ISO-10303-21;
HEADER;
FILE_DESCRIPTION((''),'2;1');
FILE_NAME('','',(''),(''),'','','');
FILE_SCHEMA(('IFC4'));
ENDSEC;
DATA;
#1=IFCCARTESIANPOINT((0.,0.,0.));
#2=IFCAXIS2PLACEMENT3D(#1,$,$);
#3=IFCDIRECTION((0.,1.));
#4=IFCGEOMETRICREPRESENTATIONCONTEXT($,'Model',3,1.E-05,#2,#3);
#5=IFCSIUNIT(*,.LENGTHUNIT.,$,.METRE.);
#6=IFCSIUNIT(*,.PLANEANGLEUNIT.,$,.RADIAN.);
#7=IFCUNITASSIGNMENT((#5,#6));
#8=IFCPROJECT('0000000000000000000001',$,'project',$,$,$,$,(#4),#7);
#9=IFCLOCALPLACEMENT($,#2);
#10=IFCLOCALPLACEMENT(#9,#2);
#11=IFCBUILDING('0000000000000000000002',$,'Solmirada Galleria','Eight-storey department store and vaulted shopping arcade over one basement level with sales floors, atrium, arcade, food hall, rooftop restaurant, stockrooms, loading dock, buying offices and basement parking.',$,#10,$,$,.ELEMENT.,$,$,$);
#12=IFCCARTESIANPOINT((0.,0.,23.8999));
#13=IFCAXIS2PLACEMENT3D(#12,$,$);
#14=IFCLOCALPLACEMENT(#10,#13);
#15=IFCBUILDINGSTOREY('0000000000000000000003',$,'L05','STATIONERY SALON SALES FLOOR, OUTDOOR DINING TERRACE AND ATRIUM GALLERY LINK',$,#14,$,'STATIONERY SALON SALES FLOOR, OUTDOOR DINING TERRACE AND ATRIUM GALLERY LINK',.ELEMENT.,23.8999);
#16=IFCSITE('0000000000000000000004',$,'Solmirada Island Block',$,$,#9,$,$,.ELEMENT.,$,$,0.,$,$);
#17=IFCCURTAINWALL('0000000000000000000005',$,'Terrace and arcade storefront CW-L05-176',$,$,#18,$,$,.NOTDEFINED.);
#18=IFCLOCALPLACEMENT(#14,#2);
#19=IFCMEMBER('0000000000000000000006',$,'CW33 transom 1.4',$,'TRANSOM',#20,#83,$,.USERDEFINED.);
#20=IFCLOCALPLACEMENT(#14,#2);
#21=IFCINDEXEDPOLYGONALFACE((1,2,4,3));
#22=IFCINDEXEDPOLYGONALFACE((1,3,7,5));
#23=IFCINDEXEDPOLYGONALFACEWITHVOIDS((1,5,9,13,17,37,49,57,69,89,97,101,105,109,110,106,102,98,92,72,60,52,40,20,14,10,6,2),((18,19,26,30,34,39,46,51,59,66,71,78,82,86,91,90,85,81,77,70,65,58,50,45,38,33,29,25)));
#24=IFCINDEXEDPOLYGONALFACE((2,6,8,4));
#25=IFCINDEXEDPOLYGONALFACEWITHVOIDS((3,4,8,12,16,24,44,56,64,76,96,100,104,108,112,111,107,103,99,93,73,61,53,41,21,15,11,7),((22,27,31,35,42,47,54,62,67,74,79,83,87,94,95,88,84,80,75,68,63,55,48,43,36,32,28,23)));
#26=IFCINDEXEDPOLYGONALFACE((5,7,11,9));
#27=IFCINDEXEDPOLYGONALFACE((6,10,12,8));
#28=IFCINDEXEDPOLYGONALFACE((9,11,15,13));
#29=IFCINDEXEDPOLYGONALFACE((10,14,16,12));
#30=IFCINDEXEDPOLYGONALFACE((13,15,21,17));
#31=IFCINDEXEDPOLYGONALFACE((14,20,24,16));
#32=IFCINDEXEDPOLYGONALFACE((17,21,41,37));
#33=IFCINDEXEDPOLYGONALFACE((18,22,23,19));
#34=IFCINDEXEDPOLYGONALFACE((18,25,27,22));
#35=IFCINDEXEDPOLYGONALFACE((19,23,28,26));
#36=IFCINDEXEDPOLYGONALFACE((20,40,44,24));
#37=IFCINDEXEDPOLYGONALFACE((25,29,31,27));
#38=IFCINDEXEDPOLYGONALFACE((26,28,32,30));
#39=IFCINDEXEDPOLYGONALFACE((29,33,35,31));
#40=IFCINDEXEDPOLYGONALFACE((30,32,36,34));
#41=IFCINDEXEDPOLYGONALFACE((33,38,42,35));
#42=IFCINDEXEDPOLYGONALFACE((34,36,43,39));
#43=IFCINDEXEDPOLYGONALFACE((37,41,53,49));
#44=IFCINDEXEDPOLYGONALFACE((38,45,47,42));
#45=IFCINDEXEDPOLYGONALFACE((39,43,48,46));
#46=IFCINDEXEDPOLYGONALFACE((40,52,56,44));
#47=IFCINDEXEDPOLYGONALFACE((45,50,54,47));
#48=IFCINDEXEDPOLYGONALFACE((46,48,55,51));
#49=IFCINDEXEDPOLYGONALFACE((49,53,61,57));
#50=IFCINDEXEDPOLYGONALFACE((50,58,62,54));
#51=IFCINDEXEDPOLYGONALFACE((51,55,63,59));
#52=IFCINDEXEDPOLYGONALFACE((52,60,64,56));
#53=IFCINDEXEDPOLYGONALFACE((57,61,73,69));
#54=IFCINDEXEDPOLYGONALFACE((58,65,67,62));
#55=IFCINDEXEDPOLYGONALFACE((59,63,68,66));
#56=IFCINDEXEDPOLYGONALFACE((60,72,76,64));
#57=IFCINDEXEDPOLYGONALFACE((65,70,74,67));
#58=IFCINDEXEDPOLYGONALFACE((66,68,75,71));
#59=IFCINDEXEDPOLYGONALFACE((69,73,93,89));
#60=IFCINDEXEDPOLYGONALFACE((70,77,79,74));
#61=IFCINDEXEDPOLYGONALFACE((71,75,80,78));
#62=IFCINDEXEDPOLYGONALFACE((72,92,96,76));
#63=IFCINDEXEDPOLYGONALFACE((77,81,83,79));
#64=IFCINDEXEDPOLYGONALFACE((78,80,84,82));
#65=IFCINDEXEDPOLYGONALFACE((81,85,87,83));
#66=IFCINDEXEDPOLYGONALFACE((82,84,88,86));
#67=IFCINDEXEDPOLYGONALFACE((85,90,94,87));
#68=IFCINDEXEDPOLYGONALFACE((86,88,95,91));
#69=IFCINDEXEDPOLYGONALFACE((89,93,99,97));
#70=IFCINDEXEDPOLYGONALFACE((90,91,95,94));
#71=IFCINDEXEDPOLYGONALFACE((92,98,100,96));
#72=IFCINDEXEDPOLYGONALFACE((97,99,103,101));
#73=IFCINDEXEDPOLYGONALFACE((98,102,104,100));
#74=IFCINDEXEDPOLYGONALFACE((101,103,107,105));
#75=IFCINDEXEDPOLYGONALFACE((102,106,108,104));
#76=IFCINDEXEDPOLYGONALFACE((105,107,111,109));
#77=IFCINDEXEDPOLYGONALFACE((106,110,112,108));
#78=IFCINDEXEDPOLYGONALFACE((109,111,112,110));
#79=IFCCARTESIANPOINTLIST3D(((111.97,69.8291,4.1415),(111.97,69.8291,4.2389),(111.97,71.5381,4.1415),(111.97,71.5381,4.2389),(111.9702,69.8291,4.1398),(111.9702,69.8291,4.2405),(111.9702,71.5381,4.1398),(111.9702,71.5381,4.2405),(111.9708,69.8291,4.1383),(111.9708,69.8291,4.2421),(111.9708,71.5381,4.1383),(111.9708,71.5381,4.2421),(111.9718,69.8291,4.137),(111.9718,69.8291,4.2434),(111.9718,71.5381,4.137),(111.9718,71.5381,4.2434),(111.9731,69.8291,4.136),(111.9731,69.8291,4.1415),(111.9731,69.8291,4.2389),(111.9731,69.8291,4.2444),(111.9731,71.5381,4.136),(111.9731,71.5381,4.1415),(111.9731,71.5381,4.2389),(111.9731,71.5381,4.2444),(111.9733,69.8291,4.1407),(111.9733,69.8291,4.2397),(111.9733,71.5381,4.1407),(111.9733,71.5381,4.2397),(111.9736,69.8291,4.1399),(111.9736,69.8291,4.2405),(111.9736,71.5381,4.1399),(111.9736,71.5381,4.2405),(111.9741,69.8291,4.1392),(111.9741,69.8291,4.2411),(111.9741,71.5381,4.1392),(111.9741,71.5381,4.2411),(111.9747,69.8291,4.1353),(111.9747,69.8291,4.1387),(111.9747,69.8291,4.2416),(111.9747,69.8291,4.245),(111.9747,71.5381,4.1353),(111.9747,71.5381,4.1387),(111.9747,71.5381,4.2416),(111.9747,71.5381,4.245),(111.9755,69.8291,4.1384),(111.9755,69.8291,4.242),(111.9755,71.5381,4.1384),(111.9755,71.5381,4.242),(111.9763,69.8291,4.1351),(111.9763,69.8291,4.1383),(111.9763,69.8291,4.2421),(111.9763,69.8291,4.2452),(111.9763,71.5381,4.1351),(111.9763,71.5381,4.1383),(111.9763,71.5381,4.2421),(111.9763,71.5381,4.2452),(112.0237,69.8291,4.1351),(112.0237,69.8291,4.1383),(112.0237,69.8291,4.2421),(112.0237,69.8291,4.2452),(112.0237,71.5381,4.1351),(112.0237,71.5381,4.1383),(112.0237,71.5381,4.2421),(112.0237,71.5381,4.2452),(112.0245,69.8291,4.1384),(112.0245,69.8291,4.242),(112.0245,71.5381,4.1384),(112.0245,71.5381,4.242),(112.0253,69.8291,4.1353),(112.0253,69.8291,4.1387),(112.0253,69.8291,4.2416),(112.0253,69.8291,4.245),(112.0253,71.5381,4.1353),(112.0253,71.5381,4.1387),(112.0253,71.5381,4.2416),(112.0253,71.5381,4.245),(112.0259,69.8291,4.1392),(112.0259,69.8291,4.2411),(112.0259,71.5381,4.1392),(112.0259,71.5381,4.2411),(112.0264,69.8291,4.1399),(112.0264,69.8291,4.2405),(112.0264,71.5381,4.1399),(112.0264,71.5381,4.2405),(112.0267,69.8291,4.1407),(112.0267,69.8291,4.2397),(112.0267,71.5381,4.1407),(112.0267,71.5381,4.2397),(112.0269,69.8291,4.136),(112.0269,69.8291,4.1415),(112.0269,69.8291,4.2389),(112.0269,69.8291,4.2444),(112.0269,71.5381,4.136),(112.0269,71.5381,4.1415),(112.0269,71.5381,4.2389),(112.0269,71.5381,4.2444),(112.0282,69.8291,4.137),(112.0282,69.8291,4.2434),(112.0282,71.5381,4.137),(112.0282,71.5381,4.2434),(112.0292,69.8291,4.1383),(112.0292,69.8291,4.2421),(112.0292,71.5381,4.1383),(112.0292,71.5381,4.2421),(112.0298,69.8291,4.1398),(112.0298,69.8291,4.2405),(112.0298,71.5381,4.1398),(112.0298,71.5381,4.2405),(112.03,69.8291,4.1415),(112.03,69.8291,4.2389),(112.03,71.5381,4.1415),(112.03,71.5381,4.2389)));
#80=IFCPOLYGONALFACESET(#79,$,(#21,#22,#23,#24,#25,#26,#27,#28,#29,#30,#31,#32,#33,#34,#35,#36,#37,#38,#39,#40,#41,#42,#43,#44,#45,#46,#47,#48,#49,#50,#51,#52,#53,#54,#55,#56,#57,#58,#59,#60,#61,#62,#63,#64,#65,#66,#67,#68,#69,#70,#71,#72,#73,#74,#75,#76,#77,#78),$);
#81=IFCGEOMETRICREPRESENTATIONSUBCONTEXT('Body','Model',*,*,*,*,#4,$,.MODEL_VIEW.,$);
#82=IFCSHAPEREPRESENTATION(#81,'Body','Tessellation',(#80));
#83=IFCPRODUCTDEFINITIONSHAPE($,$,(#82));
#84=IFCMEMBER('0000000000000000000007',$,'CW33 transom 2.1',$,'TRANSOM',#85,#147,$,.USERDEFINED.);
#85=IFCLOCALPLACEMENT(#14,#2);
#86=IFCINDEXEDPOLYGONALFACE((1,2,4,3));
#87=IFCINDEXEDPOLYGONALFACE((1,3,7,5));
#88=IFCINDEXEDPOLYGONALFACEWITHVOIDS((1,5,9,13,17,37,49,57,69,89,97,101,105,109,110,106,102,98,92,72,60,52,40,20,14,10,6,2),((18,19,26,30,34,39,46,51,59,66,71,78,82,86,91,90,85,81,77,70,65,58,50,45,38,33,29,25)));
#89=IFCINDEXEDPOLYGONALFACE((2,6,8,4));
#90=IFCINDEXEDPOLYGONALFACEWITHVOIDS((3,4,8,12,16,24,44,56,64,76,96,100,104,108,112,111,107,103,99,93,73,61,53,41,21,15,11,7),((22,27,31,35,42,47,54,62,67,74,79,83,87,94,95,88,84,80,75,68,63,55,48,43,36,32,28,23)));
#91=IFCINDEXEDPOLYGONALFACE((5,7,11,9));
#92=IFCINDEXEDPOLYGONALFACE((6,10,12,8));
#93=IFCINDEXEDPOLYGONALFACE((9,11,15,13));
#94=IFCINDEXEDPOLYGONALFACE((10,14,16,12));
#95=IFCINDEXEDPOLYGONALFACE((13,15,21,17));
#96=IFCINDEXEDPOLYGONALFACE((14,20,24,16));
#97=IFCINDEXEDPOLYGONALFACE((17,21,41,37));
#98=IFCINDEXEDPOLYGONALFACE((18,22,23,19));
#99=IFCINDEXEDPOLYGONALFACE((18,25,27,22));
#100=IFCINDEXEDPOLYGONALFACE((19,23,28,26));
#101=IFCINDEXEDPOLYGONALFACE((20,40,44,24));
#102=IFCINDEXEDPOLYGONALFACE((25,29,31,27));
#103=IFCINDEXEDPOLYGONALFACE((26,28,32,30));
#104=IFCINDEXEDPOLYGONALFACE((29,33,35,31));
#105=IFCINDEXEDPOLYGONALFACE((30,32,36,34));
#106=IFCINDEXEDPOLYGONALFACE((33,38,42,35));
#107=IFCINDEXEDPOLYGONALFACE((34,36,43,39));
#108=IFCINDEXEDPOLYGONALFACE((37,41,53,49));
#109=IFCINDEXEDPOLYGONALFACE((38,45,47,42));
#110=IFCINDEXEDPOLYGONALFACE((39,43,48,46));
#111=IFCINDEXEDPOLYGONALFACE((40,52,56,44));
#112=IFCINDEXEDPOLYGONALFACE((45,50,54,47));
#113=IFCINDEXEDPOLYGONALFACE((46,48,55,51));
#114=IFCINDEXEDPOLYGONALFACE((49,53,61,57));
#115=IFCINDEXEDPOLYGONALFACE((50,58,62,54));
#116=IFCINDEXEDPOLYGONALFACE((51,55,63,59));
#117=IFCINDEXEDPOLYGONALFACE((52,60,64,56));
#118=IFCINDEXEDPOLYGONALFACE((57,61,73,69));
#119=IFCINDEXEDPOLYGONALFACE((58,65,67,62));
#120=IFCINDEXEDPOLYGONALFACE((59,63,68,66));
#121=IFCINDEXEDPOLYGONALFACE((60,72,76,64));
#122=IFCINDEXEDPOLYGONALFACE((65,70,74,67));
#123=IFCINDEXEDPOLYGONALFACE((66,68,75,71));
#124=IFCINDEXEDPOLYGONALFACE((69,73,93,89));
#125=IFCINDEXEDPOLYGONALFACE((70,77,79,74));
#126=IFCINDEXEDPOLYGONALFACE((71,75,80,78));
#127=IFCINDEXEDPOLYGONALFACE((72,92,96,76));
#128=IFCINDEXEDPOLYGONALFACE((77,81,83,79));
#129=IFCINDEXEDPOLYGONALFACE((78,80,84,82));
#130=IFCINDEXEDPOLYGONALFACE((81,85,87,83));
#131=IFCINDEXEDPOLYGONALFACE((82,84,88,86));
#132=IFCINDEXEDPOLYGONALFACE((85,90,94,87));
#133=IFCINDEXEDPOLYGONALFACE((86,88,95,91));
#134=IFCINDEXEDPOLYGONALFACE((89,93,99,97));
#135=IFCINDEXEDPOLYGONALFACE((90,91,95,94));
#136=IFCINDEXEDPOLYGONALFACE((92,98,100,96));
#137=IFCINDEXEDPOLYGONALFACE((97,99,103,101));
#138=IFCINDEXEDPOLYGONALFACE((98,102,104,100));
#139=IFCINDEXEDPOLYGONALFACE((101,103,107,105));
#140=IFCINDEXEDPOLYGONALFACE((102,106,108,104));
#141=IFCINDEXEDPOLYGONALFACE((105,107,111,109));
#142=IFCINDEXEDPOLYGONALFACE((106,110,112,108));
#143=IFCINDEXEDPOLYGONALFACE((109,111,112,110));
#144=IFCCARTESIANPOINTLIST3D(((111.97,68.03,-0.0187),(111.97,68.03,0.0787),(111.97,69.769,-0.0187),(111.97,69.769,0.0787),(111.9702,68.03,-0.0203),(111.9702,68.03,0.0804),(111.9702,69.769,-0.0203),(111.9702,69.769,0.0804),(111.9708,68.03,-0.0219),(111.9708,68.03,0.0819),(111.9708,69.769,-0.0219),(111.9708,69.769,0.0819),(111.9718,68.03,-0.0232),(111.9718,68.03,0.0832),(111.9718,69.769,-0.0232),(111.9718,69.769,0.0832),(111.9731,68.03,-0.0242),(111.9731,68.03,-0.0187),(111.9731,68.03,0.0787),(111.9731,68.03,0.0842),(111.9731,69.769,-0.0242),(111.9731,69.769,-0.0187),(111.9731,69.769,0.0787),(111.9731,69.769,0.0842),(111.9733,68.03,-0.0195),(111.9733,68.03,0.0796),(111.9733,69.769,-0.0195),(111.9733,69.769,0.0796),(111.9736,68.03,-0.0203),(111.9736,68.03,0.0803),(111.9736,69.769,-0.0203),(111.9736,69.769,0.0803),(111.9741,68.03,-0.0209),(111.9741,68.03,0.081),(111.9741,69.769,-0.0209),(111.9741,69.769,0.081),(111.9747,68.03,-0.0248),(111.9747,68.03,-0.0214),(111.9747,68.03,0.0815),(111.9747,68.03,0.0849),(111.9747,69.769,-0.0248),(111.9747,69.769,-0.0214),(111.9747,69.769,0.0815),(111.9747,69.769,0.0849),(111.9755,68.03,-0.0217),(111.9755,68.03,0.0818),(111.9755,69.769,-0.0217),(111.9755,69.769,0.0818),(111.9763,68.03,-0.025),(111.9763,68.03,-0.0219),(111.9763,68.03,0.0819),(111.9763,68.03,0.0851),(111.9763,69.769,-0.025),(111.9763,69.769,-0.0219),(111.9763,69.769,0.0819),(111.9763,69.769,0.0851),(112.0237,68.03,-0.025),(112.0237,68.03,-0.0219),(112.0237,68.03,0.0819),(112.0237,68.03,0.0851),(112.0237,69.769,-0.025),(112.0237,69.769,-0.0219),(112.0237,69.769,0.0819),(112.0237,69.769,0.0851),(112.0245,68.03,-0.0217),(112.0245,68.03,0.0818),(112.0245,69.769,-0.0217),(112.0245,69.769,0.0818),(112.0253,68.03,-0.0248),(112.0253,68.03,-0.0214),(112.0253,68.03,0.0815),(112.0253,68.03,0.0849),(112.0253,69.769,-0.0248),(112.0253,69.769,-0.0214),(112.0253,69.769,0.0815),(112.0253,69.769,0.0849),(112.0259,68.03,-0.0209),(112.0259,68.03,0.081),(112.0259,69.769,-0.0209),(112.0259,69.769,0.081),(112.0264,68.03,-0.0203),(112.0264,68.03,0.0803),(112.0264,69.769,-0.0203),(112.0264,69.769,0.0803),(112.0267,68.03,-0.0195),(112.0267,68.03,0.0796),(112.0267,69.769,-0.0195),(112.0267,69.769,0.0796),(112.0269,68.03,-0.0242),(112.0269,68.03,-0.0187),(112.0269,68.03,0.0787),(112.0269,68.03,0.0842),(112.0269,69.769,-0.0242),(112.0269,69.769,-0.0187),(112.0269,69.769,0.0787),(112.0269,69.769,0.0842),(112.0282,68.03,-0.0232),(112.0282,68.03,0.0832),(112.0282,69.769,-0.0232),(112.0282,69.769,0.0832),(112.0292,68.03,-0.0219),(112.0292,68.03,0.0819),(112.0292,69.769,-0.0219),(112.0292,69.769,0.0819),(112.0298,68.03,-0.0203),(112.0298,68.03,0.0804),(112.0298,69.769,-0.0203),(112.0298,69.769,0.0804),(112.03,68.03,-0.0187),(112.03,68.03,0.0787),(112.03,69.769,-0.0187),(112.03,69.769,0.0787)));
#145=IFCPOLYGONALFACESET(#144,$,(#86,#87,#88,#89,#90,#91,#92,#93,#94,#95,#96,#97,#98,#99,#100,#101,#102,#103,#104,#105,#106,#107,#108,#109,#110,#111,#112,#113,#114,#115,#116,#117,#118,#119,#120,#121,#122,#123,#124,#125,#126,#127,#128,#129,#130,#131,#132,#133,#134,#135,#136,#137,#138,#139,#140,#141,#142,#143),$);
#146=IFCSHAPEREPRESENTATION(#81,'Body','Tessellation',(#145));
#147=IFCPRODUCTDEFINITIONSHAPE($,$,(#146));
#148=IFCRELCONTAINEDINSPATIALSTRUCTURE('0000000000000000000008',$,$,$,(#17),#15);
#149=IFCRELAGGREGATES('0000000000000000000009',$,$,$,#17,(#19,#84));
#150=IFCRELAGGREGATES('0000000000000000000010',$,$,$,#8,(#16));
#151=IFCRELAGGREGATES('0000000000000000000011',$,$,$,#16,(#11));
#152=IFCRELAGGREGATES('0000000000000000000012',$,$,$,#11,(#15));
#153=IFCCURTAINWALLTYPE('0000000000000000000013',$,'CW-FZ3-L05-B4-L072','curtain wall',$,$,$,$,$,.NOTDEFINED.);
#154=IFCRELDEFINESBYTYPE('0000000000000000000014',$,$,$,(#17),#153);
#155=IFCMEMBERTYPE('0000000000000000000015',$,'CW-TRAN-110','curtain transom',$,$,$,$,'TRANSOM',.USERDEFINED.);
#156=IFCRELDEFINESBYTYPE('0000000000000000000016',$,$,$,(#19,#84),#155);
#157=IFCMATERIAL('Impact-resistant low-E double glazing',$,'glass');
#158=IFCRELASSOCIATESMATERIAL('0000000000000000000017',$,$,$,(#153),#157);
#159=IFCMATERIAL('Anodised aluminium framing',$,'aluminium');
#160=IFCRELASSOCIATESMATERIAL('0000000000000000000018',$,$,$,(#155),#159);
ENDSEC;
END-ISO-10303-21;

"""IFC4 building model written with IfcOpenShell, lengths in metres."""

from ifc_helpers import new_model, si_unit, direction, frame, origin, origin_2d, place, context, subcontext, project, spatial, hollow_rectangle, extrude, material, material_profile, profile_set, type_object, element, aggregate, save


model = new_model("IFC4")

# Units and contexts
model_context = context("Model", 3, precision=1e-05, world=origin(), true_north=direction((0.0, 1.0)))
body_context = subcontext(model_context, "Body", "Model", "MODEL_VIEW")
ifc_project = project(units=[si_unit("LENGTHUNIT", "METRE"), si_unit("PLANEANGLEUNIT", "RADIAN")], contexts=[model_context])

# Site, building, storey
site_placement = place(None, origin())
site = spatial("IfcSite", under=ifc_project, at=site_placement, Name="Solmirada Island Block", CompositionType="ELEMENT", RefElevation=0.0)
building_placement = place(site_placement, origin())
building = spatial("IfcBuilding", under=site, at=building_placement, Name="Solmirada Galleria", Description="Eight-storey department store and vaulted shopping arcade over one basement level with sales floors, atrium, arcade, food hall, rooftop restaurant, stockrooms, loading dock, buying offices and basement parking.", CompositionType="ELEMENT")
storey_placement = place(building_placement, frame((0.0, 0.0, 23.8999)))
storey = spatial("IfcBuildingStorey", under=building, at=storey_placement, Name="L05", Description="STATIONERY SALON SALES FLOOR, OUTDOOR DINING TERRACE AND ATRIUM GALLERY LINK", LongName="STATIONERY SALON SALES FLOOR, OUTDOOR DINING TERRACE AND ATRIUM GALLERY LINK", CompositionType="ELEMENT", Elevation=23.8999)

# Shared definitions
ifc_material_1 = material(Name="Impact-resistant low-E double glazing", Category="glass")
curtain_wall_type = type_object("IfcCurtainWallType", Name="CW-FZ3-L05-B4-L072", Description="curtain wall", PredefinedType="NOTDEFINED", material=ifc_material_1)
ifc_material_2 = material(Name="Anodised aluminium framing", Category="aluminium")

# Curtain wall
curtain_wall_1_placement = place(storey_placement, origin())
curtain_wall_1 = element("IfcCurtainWall", 1, at=curtain_wall_1_placement, inside=storey, type_object=curtain_wall_type, Name="Terrace and arcade storefront CW-L05-176", PredefinedType="NOTDEFINED")

# Members
ifc_material_profile_1 = material_profile(ifc_material_2, hollow_rectangle(XDim=0.0601, YDim=0.1101, WallThickness=0.0032, InnerFilletRadius=0.0032, OuterFilletRadius=0.0063, at=origin_2d()), Name="ALU-TRAN-110X60")
ifc_profile_set_1 = profile_set([ifc_material_profile_1], Name="Anodised aluminium framing")
member_type_1 = type_object("IfcMemberType", Name="CW-TRAN-110", Description="curtain transom", ElementType="TRANSOM", PredefinedType="USERDEFINED", material=ifc_profile_set_1)
member_1_placement = place(storey_placement, frame((112.0, 71.5381, 4.1902), z_axis=(0.0, -1.0, 0.0), x_axis=(1.0, 0.0, 0.0)))
member_1 = element("IfcMember", 2, at=member_1_placement, type_object=member_type_1, Name="CW33 transom 1.4", ObjectType="TRANSOM", PredefinedType="USERDEFINED", context=body_context, shape_type="SweptSolid", body=[
    extrude(hollow_rectangle(XDim=0.0601, YDim=0.1101, WallThickness=0.0032, InnerFilletRadius=0.0032, OuterFilletRadius=0.0063, at=origin_2d()), origin(), (0.0, 0.0, 1.0), 1.709),
])
member_2_placement = place(storey_placement, frame((112.0, 69.769, 0.03), z_axis=(0.0, -1.0, 0.0), x_axis=(1.0, 0.0, 0.0)))
member_2 = element("IfcMember", 3, at=member_2_placement, type_object=member_type_1, Name="CW33 transom 2.1", ObjectType="TRANSOM", PredefinedType="USERDEFINED", context=body_context, shape_type="SweptSolid", body=[
    extrude(hollow_rectangle(XDim=0.0601, YDim=0.1101, WallThickness=0.0032, InnerFilletRadius=0.0032, OuterFilletRadius=0.0063, at=origin_2d()), origin(), (0.0, 0.0, 1.0), 1.739),
])

aggregate(curtain_wall_1, [member_1, member_2])

save(model, "model.ifc")
